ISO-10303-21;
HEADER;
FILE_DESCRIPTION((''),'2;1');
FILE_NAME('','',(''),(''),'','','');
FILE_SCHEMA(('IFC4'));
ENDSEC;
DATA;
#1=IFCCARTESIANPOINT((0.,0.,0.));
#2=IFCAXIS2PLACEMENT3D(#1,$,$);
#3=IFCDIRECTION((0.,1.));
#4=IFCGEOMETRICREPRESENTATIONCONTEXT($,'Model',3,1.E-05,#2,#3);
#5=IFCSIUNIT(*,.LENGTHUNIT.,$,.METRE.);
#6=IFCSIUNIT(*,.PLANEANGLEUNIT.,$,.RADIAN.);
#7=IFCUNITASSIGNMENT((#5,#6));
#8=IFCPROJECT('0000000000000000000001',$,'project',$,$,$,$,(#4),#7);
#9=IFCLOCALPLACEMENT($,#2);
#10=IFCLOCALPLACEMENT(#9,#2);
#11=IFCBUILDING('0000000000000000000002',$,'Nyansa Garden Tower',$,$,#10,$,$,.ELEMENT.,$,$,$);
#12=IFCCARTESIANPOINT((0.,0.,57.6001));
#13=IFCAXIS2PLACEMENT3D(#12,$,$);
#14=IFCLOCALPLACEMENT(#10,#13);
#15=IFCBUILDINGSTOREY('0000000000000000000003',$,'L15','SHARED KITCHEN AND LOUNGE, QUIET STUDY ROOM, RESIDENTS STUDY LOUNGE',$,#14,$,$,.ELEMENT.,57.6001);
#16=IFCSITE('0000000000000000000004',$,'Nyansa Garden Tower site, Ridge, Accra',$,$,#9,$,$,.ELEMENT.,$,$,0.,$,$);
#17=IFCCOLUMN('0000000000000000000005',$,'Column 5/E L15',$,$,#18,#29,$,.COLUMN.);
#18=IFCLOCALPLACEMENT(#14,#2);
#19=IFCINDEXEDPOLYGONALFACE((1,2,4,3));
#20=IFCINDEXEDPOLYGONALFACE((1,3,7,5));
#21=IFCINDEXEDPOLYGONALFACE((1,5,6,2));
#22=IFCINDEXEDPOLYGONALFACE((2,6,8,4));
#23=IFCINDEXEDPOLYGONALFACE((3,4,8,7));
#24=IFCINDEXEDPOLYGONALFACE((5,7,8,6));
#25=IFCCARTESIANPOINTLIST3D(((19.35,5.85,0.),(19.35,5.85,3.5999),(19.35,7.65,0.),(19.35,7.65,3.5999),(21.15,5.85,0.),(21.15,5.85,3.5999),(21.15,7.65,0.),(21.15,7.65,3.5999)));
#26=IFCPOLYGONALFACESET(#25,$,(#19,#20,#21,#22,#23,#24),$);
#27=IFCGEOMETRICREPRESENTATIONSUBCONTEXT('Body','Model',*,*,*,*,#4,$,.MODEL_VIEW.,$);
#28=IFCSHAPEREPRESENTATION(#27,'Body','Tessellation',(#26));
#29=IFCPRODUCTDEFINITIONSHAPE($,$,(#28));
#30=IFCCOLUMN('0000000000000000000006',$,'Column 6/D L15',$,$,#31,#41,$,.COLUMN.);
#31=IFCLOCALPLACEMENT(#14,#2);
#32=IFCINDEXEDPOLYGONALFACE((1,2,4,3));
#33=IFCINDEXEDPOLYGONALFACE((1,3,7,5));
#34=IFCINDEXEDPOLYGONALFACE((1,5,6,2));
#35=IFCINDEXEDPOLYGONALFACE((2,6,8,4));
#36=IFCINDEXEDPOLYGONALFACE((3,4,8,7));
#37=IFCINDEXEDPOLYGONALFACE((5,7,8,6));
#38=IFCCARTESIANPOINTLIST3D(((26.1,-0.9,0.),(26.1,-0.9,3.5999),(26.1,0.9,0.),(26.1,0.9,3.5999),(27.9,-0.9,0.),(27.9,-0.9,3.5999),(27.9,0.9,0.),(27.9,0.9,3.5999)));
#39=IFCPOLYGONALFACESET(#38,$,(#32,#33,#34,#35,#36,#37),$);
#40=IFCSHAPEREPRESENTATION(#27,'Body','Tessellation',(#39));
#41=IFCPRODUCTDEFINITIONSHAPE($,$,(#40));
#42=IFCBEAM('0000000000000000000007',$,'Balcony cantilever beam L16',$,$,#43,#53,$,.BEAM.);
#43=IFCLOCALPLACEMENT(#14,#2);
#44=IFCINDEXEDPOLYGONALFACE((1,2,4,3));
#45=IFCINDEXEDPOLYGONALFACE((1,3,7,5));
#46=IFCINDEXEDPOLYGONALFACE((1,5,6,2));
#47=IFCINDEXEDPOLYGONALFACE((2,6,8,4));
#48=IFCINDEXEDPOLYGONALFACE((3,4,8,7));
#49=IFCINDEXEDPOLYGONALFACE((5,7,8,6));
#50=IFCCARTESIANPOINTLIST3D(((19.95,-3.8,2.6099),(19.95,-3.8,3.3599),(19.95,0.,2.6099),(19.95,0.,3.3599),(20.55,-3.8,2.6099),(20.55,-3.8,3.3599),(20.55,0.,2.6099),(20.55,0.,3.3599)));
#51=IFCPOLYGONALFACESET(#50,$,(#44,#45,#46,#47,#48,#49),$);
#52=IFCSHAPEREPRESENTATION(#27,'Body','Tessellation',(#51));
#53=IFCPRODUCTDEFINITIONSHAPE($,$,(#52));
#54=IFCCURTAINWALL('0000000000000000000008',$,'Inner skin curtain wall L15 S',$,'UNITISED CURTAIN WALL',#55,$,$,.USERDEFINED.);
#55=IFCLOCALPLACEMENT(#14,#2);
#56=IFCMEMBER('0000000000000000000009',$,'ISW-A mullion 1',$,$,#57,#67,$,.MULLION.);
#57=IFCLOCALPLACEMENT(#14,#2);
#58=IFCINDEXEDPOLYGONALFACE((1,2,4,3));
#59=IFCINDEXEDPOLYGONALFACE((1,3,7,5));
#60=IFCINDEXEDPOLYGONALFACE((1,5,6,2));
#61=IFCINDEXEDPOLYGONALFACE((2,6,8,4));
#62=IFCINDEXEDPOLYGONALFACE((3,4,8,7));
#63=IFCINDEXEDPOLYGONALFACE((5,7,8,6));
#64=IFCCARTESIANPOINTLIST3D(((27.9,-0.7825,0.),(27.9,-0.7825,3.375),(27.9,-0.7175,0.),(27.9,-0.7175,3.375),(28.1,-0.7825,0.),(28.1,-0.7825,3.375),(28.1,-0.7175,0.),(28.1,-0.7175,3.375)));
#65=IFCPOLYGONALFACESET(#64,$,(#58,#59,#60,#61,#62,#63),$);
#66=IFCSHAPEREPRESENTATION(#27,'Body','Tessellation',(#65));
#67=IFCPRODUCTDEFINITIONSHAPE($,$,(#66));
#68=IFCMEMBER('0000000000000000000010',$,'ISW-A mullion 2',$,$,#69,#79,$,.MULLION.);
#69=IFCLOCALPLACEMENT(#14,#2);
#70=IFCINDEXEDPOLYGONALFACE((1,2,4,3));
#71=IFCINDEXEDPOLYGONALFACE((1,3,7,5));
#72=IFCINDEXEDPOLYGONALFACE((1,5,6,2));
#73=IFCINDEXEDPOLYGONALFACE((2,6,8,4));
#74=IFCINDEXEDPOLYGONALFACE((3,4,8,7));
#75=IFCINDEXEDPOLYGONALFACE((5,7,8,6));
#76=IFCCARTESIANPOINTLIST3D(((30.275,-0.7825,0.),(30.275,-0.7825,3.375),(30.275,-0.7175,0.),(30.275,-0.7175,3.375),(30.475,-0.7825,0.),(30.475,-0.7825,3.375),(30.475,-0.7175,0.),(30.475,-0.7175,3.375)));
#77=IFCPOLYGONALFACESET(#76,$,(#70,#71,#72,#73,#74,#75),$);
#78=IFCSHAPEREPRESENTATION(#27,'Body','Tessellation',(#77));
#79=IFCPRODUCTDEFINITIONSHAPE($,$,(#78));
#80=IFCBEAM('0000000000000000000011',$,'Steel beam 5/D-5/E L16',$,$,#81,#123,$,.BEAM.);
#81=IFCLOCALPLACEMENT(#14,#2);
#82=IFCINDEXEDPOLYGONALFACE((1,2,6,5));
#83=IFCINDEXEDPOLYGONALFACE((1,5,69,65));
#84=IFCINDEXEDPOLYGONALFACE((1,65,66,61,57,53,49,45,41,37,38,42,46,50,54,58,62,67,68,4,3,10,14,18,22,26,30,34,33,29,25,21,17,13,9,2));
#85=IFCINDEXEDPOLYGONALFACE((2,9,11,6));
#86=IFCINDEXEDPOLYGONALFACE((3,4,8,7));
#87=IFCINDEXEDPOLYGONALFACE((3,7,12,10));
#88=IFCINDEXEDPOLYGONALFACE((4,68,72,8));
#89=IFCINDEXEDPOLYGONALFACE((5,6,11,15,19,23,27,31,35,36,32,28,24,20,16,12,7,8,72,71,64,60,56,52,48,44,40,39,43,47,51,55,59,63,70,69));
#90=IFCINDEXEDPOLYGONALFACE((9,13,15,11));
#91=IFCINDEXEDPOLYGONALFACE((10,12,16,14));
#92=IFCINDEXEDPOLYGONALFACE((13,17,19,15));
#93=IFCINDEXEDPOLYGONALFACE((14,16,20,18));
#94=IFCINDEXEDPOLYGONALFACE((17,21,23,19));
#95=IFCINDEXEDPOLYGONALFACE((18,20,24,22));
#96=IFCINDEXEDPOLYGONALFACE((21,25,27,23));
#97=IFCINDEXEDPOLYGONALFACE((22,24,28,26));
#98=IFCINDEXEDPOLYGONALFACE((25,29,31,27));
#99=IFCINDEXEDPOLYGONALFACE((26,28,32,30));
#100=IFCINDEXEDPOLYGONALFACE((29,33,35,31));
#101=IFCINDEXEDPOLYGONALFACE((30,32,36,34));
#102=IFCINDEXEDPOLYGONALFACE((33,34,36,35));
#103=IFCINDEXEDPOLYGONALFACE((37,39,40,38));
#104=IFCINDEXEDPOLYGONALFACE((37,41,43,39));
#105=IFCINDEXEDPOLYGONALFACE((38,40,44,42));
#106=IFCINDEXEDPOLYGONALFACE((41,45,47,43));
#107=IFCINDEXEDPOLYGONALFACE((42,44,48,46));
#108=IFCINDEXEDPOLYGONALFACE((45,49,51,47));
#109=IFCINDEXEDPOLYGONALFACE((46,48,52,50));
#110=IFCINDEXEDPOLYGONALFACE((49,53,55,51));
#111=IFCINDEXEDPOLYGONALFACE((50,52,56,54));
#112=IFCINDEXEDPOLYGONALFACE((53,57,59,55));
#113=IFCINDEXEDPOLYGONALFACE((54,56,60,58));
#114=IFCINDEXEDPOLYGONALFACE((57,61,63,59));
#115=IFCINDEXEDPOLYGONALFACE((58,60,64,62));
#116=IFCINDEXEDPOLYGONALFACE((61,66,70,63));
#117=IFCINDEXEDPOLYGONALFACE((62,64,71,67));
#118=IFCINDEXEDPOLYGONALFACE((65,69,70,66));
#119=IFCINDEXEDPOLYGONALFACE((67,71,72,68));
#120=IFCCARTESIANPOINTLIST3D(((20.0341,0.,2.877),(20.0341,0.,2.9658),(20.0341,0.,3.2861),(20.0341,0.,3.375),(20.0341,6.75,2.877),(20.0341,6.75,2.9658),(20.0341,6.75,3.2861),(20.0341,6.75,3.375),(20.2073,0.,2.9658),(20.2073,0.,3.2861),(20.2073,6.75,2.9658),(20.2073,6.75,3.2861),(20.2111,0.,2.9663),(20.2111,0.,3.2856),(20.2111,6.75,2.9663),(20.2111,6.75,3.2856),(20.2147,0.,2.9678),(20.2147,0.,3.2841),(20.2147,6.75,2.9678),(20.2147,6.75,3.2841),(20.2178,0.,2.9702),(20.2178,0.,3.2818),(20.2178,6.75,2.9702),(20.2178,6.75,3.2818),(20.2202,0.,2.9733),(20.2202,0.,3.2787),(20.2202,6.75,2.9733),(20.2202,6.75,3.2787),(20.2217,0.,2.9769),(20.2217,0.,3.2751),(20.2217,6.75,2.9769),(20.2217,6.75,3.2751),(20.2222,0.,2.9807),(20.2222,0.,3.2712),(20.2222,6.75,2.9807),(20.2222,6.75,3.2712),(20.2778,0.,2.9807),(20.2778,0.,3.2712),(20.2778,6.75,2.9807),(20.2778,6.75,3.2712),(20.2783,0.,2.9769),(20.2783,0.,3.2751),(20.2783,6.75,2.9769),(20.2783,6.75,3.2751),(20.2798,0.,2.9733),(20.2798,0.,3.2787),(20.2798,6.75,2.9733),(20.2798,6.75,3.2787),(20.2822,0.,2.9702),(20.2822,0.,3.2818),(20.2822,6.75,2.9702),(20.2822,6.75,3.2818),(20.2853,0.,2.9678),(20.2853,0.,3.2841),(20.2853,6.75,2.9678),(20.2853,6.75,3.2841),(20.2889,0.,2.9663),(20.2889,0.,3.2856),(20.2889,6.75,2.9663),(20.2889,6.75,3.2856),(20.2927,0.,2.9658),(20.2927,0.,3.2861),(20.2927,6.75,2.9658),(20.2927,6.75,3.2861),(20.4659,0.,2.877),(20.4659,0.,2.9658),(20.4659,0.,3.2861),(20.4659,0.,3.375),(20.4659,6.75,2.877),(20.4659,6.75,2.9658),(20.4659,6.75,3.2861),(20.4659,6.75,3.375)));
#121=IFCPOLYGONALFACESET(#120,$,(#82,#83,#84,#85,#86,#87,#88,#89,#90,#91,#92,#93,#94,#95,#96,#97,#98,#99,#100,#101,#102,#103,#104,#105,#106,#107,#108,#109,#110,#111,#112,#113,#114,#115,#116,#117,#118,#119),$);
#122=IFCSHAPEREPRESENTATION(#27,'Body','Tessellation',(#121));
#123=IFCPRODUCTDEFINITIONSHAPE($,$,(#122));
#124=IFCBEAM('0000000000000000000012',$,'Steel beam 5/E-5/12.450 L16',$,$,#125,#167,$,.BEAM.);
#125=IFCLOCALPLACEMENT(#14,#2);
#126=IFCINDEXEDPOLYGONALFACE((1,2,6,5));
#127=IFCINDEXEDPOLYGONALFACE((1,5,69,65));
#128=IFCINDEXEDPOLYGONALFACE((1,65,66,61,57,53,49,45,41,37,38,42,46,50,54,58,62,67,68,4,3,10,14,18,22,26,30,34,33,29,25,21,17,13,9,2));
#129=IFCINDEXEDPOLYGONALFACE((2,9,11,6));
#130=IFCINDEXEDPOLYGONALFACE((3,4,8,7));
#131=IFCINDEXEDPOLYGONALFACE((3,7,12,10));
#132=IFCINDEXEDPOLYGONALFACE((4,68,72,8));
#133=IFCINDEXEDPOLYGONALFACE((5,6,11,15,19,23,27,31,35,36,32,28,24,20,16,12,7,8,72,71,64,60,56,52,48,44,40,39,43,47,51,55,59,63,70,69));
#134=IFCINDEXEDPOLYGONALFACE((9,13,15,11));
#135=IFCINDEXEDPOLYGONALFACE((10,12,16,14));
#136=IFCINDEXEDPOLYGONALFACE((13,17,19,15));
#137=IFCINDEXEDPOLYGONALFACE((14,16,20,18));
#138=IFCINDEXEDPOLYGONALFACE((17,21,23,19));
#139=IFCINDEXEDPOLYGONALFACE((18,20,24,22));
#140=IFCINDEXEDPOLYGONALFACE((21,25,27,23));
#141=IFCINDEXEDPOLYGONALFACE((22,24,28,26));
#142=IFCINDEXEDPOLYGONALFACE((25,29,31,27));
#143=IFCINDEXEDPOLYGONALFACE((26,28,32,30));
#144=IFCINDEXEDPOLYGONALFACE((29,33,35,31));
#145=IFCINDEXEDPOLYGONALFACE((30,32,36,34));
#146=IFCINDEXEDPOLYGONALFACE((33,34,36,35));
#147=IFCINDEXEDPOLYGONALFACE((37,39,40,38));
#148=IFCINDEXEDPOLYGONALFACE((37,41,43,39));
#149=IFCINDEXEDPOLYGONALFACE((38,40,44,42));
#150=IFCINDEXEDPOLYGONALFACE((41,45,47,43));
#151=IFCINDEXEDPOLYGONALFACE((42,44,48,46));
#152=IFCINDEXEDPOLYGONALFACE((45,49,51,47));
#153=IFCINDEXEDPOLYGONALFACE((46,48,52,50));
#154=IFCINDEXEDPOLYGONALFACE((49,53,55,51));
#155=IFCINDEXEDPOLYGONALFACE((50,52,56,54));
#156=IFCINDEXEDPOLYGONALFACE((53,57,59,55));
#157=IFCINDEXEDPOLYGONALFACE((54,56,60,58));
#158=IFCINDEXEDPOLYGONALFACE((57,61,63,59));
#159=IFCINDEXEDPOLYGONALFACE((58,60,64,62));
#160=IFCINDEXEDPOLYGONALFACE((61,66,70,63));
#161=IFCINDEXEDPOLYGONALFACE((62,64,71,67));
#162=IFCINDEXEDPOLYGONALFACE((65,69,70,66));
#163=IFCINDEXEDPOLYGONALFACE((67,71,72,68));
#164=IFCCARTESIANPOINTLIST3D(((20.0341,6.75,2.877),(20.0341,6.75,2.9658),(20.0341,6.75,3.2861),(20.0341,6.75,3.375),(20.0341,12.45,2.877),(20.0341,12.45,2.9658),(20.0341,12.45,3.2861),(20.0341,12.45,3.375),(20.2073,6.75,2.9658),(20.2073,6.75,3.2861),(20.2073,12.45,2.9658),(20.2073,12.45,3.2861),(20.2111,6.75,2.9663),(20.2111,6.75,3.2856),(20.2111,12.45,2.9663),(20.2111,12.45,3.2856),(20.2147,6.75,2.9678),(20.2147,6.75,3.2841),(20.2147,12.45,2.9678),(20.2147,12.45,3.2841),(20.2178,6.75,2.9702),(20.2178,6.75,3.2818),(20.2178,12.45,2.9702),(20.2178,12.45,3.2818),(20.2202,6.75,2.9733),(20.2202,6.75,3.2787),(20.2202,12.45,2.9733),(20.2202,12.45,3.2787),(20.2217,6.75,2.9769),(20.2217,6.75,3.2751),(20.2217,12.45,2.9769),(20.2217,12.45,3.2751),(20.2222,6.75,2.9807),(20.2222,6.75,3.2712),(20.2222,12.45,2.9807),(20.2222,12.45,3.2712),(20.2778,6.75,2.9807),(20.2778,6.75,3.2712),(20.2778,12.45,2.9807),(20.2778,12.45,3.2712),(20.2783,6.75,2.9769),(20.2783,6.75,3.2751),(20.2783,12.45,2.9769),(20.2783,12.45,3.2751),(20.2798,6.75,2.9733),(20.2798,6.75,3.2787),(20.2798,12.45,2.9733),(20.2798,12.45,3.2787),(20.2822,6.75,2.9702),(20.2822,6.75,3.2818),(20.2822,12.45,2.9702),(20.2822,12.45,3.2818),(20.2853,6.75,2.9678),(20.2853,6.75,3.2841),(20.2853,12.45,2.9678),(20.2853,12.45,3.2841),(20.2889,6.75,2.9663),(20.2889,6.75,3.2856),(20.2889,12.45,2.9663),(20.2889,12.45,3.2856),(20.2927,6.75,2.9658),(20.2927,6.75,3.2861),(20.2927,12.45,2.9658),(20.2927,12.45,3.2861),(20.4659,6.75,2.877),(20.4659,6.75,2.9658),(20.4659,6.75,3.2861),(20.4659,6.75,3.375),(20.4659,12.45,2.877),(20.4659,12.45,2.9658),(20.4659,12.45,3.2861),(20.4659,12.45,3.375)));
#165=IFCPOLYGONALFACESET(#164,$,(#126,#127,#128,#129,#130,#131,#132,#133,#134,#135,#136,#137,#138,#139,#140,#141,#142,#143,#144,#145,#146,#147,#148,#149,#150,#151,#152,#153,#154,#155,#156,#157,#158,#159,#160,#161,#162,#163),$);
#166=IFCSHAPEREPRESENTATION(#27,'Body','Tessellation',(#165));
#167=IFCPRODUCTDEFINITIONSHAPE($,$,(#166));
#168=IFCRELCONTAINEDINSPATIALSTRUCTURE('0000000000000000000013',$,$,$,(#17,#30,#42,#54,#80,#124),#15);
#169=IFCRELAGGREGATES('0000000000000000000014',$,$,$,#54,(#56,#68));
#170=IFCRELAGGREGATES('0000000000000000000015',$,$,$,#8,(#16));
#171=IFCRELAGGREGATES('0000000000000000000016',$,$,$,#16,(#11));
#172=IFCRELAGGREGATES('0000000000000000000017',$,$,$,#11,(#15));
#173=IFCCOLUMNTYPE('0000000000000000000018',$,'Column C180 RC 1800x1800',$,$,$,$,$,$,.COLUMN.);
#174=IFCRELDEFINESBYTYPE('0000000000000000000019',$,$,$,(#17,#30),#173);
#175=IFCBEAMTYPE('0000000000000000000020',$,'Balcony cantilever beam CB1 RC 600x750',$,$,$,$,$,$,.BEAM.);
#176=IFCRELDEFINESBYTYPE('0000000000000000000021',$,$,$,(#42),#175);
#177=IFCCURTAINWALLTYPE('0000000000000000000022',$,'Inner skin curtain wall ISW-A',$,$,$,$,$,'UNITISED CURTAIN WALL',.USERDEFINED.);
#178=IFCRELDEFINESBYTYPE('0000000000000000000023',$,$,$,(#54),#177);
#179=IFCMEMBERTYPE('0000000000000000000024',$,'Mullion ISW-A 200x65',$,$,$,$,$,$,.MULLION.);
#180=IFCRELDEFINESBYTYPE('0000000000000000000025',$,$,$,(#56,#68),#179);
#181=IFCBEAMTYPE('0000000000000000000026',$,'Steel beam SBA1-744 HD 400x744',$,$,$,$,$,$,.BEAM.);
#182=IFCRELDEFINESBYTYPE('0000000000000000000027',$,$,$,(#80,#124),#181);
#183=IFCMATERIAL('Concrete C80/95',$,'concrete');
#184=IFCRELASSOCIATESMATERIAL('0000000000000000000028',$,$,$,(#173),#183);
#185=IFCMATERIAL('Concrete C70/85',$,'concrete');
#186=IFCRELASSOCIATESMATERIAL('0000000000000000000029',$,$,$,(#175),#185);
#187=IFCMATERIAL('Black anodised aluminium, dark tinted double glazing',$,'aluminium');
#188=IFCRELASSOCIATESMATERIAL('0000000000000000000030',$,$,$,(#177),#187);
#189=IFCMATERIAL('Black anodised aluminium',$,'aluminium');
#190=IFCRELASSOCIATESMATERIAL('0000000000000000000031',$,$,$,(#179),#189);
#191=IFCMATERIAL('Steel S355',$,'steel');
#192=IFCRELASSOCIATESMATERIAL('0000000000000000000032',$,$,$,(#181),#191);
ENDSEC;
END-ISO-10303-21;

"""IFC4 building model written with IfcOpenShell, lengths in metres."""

from ifc_helpers import new_model, si_unit, direction, frame, origin, origin_2d, place, context, subcontext, project, spatial, rectangle, i_section, extrude, material, material_profile, profile_set, type_object, element, aggregate, save


model = new_model("IFC4")

# Units and contexts
model_context = context("Model", 3, precision=1e-05, world=origin(), true_north=direction((0.0, 1.0)))
body_context = subcontext(model_context, "Body", "Model", "MODEL_VIEW")
ifc_project = project(units=[si_unit("LENGTHUNIT", "METRE"), si_unit("PLANEANGLEUNIT", "RADIAN")], contexts=[model_context])

# Site, building, storey
site_placement = place(None, origin())
site = spatial("IfcSite", under=ifc_project, at=site_placement, Name="Nyansa Garden Tower site, Ridge, Accra", CompositionType="ELEMENT", RefElevation=0.0)
building_placement = place(site_placement, origin())
building = spatial("IfcBuilding", under=site, at=building_placement, Name="Nyansa Garden Tower", CompositionType="ELEMENT")
storey_placement = place(building_placement, frame((0.0, 0.0, 57.6001)))
storey = spatial("IfcBuildingStorey", under=building, at=storey_placement, Name="L15", Description="SHARED KITCHEN AND LOUNGE, QUIET STUDY ROOM, RESIDENTS STUDY LOUNGE", CompositionType="ELEMENT", Elevation=57.6001)

# Columns
ifc_material_1 = material(Name="Concrete C80/95", Category="concrete")
ifc_material_profile_1 = material_profile(ifc_material_1, rectangle(XDim=1.8, YDim=1.8, at=origin_2d()), Name="RC 1800x1800")
ifc_profile_set_1 = profile_set([ifc_material_profile_1], Name="Concrete C80/95")
column_type = type_object("IfcColumnType", Name="Column C180 RC 1800x1800", PredefinedType="COLUMN", material=ifc_profile_set_1)
for number, where, z_axis, x_axis, name in (
    (1, (20.25, 6.75, 0.0), (0.0, 0.0, 1.0), (1.0, 0.0, 0.0), "Column 5/E L15"),
    (2, (27.0, 0.0, 0.0), (0.0, 0.0, 1.0), (1.0, 0.0, 0.0), "Column 6/D L15"),
):
    element("IfcColumn", number, at=place(storey_placement, frame(where, z_axis=z_axis, x_axis=x_axis)), inside=storey, type_object=column_type, Name=name, PredefinedType="COLUMN", context=body_context, shape_type="SweptSolid", body=[
        extrude(rectangle(XDim=1.8, YDim=1.8, at=origin_2d()), origin(), (0.0, 0.0, 1.0), 3.5999),
    ])

# Beam
ifc_material_2 = material(Name="Concrete C70/85", Category="concrete")
ifc_material_profile_2 = material_profile(ifc_material_2, rectangle(XDim=0.6001, YDim=0.75, at=origin_2d()), Name="RC 600x750")
ifc_profile_set_2 = profile_set([ifc_material_profile_2], Name="Concrete C70/85")
beam_type_1 = type_object("IfcBeamType", Name="Balcony cantilever beam CB1 RC 600x750", PredefinedType="BEAM", material=ifc_profile_set_2)
beam_1_placement = place(storey_placement, frame((20.25, 0.0, 2.9849), z_axis=(0.0, -1.0, 0.0), x_axis=(1.0, 0.0, 0.0)))
element("IfcBeam", 3, at=beam_1_placement, inside=storey, type_object=beam_type_1, Name="Balcony cantilever beam L16", PredefinedType="BEAM", context=body_context, shape_type="SweptSolid", body=[
    extrude(rectangle(XDim=0.6001, YDim=0.75, at=origin_2d()), origin(), (0.0, 0.0, 1.0), 3.8),
])

# Curtain wall, members
ifc_material_3 = material(Name="Black anodised aluminium, dark tinted double glazing", Category="aluminium")
curtain_wall_type = type_object("IfcCurtainWallType", Name="Inner skin curtain wall ISW-A", ElementType="UNITISED CURTAIN WALL", PredefinedType="USERDEFINED", material=ifc_material_3)
curtain_wall_placement = place(storey_placement, origin())
curtain_wall = element("IfcCurtainWall", 4, at=curtain_wall_placement, inside=storey, type_object=curtain_wall_type, Name="Inner skin curtain wall L15 S", ObjectType="UNITISED CURTAIN WALL", PredefinedType="USERDEFINED")
ifc_material_4 = material(Name="Black anodised aluminium", Category="aluminium")
ifc_material_profile_3 = material_profile(ifc_material_4, rectangle(XDim=0.0649, YDim=0.2, at=origin_2d()), Name="Mullion 200x65")
ifc_profile_set_3 = profile_set([ifc_material_profile_3], Name="Black anodised aluminium")
member_type_1 = type_object("IfcMemberType", Name="Mullion ISW-A 200x65", PredefinedType="MULLION", material=ifc_profile_set_3)
member_1_placement = place(storey_placement, frame((28.0, -0.75, 0.0), z_axis=(0.0, 0.0, 1.0), x_axis=(0.0, 1.0, 0.0)))
member_1 = element("IfcMember", 5, at=member_1_placement, type_object=member_type_1, Name="ISW-A mullion 1", PredefinedType="MULLION", context=body_context, shape_type="SweptSolid", body=[
    extrude(rectangle(XDim=0.0649, YDim=0.2, at=origin_2d()), origin(), (0.0, 0.0, 1.0), 3.375),
])
member_2_placement = place(storey_placement, frame((30.375, -0.75, 0.0), z_axis=(0.0, 0.0, 1.0), x_axis=(0.0, 1.0, 0.0)))
member_2 = element("IfcMember", 6, at=member_2_placement, type_object=member_type_1, Name="ISW-A mullion 2", PredefinedType="MULLION", context=body_context, shape_type="SweptSolid", body=[
    extrude(rectangle(XDim=0.0649, YDim=0.2, at=origin_2d()), origin(), (0.0, 0.0, 1.0), 3.375),
])

# Beams
ifc_material_5 = material(Name="Steel S355", Category="steel")
ifc_material_profile_4 = material_profile(ifc_material_5, i_section(OverallWidth=0.4319, OverallDepth=0.498, WebThickness=0.0557, FlangeThickness=0.0889, FilletRadius=0.0149, at=origin_2d()), Name="HD 400x744")
ifc_profile_set_4 = profile_set([ifc_material_profile_4], Name="Steel S355")
beam_type_2 = type_object("IfcBeamType", Name="Steel beam SBA1-744 HD 400x744", PredefinedType="BEAM", material=ifc_profile_set_4)
beam_2_placement = place(storey_placement, frame((20.25, 0.0, 3.126), z_axis=(0.0, 1.0, 0.0), x_axis=(-1.0, 0.0, 0.0)))
element("IfcBeam", 7, at=beam_2_placement, inside=storey, type_object=beam_type_2, Name="Steel beam 5/D-5/E L16", PredefinedType="BEAM", context=body_context, shape_type="SweptSolid", body=[
    extrude(i_section(OverallWidth=0.4319, OverallDepth=0.498, WebThickness=0.0557, FlangeThickness=0.0889, FilletRadius=0.0149, at=origin_2d()), origin(), (0.0, 0.0, 1.0), 6.75),
])
beam_3_placement = place(storey_placement, frame((20.25, 6.75, 3.126), z_axis=(0.0, 1.0, 0.0), x_axis=(-1.0, 0.0, 0.0)))
element("IfcBeam", 8, at=beam_3_placement, inside=storey, type_object=beam_type_2, Name="Steel beam 5/E-5/12.450 L16", PredefinedType="BEAM", context=body_context, shape_type="SweptSolid", body=[
    extrude(i_section(OverallWidth=0.4319, OverallDepth=0.498, WebThickness=0.0557, FlangeThickness=0.0889, FilletRadius=0.0149, at=origin_2d()), origin(), (0.0, 0.0, 1.0), 5.7),
])

aggregate(curtain_wall, [member_1, member_2])

save(model, "model.ifc")
